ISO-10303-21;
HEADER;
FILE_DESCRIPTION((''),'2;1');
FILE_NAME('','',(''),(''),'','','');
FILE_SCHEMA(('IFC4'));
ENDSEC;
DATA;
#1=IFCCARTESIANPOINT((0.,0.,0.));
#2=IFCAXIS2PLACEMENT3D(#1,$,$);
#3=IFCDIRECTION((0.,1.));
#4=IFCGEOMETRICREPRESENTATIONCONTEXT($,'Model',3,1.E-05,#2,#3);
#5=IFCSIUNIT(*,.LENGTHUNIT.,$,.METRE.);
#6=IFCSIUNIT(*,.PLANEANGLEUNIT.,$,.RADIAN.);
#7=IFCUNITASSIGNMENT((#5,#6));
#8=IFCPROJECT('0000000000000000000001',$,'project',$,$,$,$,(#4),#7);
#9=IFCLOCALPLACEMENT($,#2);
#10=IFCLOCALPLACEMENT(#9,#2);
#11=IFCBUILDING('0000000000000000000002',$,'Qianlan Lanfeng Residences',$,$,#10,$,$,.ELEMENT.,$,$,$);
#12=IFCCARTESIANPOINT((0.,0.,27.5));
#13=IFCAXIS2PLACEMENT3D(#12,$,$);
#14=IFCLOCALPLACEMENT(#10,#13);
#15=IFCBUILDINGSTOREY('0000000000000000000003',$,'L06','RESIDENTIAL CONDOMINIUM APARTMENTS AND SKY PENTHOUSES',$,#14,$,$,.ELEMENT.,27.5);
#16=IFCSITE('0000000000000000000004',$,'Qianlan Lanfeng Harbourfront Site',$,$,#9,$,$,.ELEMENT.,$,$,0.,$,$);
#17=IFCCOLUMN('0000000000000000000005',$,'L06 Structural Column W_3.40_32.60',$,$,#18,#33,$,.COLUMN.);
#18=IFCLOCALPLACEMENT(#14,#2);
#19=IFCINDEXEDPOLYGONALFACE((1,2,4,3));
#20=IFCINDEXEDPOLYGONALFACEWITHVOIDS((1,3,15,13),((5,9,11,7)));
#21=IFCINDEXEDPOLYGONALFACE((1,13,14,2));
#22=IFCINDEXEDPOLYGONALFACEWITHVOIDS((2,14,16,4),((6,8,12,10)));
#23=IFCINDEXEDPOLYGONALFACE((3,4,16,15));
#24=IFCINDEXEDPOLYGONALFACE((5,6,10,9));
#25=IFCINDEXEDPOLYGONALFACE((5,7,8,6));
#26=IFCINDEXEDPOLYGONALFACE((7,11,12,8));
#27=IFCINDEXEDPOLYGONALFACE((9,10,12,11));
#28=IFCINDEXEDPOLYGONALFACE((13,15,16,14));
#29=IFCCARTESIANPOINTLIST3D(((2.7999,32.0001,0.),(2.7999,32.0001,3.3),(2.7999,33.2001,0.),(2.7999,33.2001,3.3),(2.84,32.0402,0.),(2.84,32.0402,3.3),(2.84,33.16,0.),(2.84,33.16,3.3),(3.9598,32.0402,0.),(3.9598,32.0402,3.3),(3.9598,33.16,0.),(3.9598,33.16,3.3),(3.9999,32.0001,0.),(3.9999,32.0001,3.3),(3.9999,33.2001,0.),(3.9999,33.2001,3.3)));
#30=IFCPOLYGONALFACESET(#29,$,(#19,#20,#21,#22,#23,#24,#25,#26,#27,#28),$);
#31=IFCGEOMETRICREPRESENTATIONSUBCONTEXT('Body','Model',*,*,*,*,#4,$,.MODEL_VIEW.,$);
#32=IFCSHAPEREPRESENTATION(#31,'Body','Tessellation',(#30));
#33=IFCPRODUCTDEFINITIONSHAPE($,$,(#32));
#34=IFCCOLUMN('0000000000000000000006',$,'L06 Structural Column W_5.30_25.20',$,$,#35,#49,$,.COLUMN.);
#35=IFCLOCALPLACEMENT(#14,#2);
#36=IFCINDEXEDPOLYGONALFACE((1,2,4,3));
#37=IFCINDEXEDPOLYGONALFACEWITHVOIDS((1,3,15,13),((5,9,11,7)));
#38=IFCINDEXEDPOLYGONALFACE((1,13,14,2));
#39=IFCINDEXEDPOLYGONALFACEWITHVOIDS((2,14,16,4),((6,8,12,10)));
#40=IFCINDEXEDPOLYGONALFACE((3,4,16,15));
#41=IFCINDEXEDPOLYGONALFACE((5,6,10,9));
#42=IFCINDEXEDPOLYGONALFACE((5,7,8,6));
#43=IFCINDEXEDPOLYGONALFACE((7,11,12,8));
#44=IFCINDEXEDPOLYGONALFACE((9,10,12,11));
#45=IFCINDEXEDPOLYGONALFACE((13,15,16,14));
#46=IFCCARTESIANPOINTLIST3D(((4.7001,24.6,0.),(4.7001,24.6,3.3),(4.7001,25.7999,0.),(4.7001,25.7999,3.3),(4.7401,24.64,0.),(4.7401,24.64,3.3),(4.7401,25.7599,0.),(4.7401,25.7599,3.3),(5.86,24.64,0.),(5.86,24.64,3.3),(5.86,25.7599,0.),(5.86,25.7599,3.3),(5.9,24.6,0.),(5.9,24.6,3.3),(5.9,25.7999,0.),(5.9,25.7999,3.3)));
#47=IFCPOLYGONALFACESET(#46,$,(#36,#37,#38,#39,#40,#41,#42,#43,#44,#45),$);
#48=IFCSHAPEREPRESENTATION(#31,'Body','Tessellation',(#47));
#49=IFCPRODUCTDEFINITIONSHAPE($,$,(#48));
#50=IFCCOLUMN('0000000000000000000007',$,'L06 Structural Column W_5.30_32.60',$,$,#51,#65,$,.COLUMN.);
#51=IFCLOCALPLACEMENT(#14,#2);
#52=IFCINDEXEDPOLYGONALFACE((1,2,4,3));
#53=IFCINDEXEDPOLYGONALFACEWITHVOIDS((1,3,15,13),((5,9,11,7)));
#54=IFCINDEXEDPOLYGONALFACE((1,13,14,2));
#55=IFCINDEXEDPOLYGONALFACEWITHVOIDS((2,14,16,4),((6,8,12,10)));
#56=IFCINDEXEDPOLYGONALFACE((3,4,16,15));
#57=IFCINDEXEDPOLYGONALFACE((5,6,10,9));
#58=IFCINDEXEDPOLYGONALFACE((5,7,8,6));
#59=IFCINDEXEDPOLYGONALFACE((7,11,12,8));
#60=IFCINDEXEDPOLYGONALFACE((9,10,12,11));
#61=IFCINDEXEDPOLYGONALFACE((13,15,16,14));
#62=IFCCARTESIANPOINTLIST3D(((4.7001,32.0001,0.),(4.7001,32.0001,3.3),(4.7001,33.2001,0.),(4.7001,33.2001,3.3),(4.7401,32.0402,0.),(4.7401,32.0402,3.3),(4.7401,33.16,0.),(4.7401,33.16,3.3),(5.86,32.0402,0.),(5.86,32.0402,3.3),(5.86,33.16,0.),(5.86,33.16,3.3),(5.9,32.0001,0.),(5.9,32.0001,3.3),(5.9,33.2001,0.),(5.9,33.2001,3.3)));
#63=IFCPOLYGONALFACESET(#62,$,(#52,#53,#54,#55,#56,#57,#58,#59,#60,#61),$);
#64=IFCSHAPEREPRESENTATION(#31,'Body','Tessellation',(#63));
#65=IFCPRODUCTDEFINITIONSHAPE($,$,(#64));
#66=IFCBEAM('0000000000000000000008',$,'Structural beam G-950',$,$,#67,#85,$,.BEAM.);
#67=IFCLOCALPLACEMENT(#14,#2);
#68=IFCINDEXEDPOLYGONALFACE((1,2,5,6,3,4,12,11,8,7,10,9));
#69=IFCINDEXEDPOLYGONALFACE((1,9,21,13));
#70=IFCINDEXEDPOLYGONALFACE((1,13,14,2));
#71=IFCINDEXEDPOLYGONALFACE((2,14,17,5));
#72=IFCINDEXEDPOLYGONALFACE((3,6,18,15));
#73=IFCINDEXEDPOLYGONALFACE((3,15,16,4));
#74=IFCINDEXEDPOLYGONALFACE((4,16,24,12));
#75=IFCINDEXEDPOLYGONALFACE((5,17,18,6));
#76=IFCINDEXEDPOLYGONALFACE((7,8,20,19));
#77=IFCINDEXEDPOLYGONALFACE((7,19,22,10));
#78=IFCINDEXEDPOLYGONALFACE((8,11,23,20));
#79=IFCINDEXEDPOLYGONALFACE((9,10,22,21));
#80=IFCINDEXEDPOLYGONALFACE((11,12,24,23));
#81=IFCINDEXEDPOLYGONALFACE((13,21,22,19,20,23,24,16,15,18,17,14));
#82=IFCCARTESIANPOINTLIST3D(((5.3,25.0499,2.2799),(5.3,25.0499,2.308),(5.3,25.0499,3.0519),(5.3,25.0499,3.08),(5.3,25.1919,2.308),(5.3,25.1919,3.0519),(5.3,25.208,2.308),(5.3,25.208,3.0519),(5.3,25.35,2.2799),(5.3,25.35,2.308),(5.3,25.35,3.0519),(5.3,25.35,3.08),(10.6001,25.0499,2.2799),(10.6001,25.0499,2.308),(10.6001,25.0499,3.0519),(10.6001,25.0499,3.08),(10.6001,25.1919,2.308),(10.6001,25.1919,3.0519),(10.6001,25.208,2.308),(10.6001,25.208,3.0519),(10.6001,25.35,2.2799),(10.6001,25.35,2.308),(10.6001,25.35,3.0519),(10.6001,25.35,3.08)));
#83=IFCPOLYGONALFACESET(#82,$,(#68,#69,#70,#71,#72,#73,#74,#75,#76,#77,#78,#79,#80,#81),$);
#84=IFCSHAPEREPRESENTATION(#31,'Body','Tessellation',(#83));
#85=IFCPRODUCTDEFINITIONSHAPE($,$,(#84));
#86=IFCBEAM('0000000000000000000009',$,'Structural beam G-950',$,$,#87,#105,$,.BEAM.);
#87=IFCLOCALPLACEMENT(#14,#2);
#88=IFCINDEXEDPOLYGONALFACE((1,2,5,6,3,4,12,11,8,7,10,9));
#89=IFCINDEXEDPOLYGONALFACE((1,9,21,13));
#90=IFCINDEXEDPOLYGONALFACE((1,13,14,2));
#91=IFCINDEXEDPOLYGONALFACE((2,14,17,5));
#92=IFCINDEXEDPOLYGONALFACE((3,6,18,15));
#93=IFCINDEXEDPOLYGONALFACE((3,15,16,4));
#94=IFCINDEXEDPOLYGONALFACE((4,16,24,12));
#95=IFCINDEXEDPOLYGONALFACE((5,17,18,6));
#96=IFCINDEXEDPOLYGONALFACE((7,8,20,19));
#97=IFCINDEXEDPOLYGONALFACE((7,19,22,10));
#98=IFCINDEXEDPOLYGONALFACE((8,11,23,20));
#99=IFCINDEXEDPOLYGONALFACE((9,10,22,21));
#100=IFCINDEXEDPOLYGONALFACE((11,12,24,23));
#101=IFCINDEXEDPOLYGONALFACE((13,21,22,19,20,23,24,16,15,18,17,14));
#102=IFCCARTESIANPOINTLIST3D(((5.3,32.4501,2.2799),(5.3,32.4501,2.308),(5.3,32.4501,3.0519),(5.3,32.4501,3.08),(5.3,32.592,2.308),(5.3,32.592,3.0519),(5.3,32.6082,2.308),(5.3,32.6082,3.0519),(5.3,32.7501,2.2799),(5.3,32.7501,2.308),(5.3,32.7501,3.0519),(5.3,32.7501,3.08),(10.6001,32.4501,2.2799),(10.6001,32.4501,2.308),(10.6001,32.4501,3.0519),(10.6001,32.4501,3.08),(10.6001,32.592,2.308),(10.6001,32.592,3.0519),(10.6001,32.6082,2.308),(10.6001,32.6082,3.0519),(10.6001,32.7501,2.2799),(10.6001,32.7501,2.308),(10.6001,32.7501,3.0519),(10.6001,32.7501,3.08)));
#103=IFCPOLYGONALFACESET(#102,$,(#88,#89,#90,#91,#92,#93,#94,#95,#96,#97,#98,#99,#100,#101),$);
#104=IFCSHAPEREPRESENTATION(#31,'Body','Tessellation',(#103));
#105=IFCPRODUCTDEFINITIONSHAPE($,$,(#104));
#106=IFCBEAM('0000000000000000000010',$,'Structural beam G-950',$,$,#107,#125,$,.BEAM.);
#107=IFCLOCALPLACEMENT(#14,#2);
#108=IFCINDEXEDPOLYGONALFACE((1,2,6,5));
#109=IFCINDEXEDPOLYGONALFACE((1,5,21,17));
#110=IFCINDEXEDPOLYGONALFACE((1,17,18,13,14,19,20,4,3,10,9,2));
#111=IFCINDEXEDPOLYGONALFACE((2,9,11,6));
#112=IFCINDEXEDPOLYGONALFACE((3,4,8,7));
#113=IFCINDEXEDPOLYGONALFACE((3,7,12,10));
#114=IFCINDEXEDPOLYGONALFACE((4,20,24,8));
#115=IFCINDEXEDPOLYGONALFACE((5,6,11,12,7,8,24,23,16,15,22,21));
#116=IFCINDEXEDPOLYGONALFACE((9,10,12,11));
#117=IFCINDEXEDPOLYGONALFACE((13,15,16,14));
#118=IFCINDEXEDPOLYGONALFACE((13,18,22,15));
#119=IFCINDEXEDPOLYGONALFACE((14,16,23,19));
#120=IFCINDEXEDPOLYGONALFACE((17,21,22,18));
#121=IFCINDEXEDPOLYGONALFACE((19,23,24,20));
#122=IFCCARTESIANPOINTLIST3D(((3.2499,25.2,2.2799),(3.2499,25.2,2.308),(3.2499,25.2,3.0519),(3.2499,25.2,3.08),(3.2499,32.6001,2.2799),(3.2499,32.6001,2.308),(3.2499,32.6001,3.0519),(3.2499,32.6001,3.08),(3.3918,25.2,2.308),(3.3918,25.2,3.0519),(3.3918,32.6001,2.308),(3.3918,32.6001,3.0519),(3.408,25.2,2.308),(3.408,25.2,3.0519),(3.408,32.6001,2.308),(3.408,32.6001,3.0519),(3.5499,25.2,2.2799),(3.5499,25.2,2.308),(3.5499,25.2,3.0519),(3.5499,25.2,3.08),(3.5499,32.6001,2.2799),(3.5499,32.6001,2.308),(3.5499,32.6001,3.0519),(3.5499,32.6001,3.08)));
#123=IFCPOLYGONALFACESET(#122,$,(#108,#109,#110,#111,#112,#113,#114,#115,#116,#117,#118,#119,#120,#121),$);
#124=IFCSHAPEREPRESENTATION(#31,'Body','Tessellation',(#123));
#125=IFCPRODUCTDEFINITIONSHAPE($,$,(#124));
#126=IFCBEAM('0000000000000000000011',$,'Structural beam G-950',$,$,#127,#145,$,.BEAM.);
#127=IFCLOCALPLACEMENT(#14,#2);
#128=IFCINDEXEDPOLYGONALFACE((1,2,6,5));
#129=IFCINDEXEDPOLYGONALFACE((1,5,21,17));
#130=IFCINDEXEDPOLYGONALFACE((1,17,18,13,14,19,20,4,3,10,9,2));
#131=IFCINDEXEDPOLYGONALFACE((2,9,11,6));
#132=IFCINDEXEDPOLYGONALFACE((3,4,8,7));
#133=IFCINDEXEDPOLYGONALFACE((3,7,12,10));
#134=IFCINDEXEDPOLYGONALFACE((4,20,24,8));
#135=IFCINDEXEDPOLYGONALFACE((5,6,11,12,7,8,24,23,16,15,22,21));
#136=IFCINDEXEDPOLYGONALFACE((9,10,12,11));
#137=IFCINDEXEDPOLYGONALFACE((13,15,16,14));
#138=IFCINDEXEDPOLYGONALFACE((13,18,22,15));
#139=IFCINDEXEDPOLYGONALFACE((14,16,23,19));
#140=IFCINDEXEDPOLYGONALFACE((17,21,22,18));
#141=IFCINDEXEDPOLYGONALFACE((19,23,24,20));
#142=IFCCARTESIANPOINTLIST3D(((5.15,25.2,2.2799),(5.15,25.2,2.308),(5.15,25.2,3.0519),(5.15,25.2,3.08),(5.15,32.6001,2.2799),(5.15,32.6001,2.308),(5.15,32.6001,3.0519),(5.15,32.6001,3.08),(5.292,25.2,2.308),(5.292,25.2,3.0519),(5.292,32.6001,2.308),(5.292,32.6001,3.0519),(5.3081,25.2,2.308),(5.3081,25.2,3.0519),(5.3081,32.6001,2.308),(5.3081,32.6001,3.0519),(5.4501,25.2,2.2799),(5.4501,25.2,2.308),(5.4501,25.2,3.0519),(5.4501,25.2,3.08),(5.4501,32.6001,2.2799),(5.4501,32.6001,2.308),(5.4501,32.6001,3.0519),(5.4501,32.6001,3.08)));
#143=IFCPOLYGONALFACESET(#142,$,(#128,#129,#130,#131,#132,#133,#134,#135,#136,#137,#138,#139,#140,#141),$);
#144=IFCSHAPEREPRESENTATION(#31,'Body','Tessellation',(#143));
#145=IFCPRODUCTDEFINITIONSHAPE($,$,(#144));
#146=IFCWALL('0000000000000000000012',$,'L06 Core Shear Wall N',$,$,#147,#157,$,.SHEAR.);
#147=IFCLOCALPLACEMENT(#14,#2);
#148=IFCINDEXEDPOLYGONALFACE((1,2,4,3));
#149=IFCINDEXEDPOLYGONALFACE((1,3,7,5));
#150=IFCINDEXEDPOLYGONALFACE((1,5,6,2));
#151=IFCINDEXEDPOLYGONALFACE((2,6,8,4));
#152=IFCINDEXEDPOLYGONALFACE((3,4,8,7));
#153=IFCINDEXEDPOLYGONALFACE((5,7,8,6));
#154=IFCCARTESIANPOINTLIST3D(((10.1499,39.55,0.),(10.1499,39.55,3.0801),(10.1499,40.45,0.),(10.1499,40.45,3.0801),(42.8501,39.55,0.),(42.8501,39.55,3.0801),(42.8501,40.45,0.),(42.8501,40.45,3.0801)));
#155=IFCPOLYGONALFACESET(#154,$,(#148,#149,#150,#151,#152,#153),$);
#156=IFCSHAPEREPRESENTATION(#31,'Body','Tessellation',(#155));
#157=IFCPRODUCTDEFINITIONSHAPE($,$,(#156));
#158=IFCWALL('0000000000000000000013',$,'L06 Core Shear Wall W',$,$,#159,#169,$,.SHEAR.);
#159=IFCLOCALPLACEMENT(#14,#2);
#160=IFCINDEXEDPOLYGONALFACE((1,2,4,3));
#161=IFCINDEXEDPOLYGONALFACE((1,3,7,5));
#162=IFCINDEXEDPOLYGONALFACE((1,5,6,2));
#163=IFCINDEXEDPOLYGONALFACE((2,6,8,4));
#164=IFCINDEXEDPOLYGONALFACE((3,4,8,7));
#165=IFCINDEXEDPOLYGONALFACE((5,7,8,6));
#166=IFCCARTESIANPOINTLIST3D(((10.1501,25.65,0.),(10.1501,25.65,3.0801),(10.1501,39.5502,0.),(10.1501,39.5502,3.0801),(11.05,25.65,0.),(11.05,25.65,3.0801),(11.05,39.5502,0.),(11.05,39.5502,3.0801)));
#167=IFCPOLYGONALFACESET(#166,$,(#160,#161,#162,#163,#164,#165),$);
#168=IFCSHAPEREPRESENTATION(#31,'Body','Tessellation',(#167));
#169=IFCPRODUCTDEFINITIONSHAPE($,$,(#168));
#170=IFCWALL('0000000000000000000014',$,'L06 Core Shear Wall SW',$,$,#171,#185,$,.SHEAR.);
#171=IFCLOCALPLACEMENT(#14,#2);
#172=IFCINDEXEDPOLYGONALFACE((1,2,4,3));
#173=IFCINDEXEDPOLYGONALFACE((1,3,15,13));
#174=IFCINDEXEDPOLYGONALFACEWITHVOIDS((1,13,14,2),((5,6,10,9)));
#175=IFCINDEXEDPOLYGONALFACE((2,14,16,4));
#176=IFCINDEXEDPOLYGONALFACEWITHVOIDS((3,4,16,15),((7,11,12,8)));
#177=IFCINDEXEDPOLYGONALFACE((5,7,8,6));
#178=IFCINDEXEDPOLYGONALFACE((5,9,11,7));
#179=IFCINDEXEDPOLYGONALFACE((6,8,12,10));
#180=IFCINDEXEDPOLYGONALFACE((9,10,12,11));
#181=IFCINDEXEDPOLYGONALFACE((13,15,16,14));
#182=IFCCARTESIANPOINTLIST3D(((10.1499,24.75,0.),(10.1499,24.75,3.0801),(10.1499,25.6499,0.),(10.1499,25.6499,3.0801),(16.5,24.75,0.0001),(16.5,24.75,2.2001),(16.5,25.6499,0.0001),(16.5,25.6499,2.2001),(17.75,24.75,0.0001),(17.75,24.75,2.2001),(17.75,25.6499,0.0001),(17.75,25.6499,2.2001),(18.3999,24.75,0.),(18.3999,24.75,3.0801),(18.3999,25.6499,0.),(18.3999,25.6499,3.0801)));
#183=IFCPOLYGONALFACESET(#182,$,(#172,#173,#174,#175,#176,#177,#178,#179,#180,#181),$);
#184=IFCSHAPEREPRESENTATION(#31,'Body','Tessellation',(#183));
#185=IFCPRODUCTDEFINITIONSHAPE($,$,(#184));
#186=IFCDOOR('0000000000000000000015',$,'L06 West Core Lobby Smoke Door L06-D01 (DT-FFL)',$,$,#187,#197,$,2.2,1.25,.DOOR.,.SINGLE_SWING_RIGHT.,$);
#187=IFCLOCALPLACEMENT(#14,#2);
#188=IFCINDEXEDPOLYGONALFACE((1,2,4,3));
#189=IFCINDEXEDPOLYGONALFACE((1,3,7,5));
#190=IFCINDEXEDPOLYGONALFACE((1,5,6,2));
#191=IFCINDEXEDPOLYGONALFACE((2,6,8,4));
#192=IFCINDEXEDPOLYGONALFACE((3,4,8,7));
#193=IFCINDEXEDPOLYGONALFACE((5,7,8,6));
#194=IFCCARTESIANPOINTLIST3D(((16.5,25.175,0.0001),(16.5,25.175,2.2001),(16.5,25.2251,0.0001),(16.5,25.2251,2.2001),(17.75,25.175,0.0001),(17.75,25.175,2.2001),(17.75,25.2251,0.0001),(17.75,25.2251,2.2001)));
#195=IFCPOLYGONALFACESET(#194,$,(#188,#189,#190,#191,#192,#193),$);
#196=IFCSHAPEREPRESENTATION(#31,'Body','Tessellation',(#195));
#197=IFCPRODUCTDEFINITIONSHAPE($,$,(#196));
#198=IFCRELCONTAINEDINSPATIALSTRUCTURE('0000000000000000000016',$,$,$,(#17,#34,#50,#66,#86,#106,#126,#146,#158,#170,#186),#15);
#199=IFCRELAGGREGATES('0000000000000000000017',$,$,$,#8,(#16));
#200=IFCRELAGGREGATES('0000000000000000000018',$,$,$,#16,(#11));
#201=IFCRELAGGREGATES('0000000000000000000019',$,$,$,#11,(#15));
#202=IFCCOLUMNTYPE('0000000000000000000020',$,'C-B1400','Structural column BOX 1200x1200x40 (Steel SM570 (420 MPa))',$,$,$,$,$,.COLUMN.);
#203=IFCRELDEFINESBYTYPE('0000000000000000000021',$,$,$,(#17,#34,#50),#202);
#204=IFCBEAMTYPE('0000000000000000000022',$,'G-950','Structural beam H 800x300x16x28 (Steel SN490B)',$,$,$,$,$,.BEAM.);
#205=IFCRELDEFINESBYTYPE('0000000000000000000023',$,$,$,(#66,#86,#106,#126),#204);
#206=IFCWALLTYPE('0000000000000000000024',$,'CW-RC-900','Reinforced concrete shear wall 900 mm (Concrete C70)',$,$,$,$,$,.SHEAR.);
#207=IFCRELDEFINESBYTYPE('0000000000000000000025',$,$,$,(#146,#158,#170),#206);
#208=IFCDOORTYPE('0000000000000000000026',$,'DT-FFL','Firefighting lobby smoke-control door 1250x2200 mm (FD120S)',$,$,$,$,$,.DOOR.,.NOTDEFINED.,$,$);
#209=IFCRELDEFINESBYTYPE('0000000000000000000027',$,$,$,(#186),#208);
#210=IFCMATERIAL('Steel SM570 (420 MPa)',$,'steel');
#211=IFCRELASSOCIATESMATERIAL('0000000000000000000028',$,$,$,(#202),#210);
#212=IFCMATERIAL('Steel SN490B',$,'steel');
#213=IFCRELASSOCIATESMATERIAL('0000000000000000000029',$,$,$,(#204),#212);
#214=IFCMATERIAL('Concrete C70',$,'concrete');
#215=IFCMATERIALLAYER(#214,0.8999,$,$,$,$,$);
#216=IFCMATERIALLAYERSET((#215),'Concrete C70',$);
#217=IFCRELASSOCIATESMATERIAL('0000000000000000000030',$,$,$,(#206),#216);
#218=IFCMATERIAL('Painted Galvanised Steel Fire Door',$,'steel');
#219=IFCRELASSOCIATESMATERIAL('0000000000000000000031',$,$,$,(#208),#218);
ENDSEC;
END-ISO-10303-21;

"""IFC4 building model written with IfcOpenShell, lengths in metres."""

from ifc_helpers import new_model, si_unit, direction, frame, frame_2d, origin, origin_2d, place, context, subcontext, project, spatial, rectangle, hollow_rectangle, i_section, extrude, material, layer, layer_set, material_profile, profile_set, type_object, element, fill, save


model = new_model("IFC4")

# Units and contexts
model_context = context("Model", 3, precision=1e-05, world=origin(), true_north=direction((0.0, 1.0)))
body_context = subcontext(model_context, "Body", "Model", "MODEL_VIEW")
ifc_project = project(units=[si_unit("LENGTHUNIT", "METRE"), si_unit("PLANEANGLEUNIT", "RADIAN")], contexts=[model_context])

# Site, building, storey
site_placement = place(None, origin())
site = spatial("IfcSite", under=ifc_project, at=site_placement, Name="Qianlan Lanfeng Harbourfront Site", CompositionType="ELEMENT", RefElevation=0.0)
building_placement = place(site_placement, origin())
building = spatial("IfcBuilding", under=site, at=building_placement, Name="Qianlan Lanfeng Residences", CompositionType="ELEMENT")
storey_placement = place(building_placement, frame((0.0, 0.0, 27.5)))
storey = spatial("IfcBuildingStorey", under=building, at=storey_placement, Name="L06", Description="RESIDENTIAL CONDOMINIUM APARTMENTS AND SKY PENTHOUSES", CompositionType="ELEMENT", Elevation=27.5)

# Columns
ifc_material_1 = material(Name="Steel SM570 (420 MPa)", Category="steel")
ifc_material_profile_1 = material_profile(ifc_material_1, hollow_rectangle(XDim=1.2, YDim=1.2, WallThickness=0.04, at=origin_2d()), Name="BOX 1200x1200x40")
ifc_profile_set_1 = profile_set([ifc_material_profile_1], Name="Steel SM570 (420 MPa)")
column_type = type_object("IfcColumnType", Name="C-B1400", Description="Structural column BOX 1200x1200x40 (Steel SM570 (420 MPa))", PredefinedType="COLUMN", material=ifc_profile_set_1)
for number, where, z_axis, x_axis, name in (
    (1, (3.3999, 32.6001, 0.0), (0.0, 0.0, 1.0), (1.0, 0.0, 0.0), "L06 Structural Column W_3.40_32.60"),
    (2, (5.3, 25.2, 0.0), (0.0, 0.0, 1.0), (1.0, 0.0, 0.0), "L06 Structural Column W_5.30_25.20"),
    (3, (5.3, 32.6001, 0.0), (0.0, 0.0, 1.0), (1.0, 0.0, 0.0), "L06 Structural Column W_5.30_32.60"),
):
    element("IfcColumn", number, at=place(storey_placement, frame(where, z_axis=z_axis, x_axis=x_axis)), inside=storey, type_object=column_type, Name=name, PredefinedType="COLUMN", context=body_context, shape_type="SweptSolid", body=[
        extrude(hollow_rectangle(XDim=1.2, YDim=1.2, WallThickness=0.04, at=origin_2d()), origin(), (0.0, 0.0, 1.0), 3.3),
    ])

# Beams
ifc_material_2 = material(Name="Steel SN490B", Category="steel")
ifc_material_profile_2 = material_profile(ifc_material_2, i_section(OverallWidth=0.3, OverallDepth=0.8, WebThickness=0.0161, FlangeThickness=0.0281, at=origin_2d()), Name="H 800x300x16x28")
ifc_profile_set_2 = profile_set([ifc_material_profile_2], Name="Steel SN490B")
beam_type = type_object("IfcBeamType", Name="G-950", Description="Structural beam H 800x300x16x28 (Steel SN490B)", PredefinedType="BEAM", material=ifc_profile_set_2)
for number, where, z_axis, x_axis, name in (
    (4, (5.3, 25.2, 2.6799), (1.0, 0.0, 0.0), (0.0, 1.0, 0.0), "Structural beam G-950"),
    (5, (5.3, 32.6001, 2.6799), (1.0, 0.0, 0.0), (0.0, 1.0, 0.0), "Structural beam G-950"),
):
    element("IfcBeam", number, at=place(storey_placement, frame(where, z_axis=z_axis, x_axis=x_axis)), inside=storey, type_object=beam_type, Name=name, PredefinedType="BEAM", context=body_context, shape_type="SweptSolid", body=[
        extrude(i_section(OverallWidth=0.3, OverallDepth=0.8, WebThickness=0.0161, FlangeThickness=0.0281, at=origin_2d()), origin(), (0.0, 0.0, 1.0), 5.3),
    ])
for number, where, z_axis, x_axis, name in (
    (6, (3.3999, 25.2, 2.6799), (0.0, 1.0, 0.0), (-1.0, 0.0, 0.0), "Structural beam G-950"),
    (7, (5.3, 25.2, 2.6799), (0.0, 1.0, 0.0), (-1.0, 0.0, 0.0), "Structural beam G-950"),
):
    element("IfcBeam", number, at=place(storey_placement, frame(where, z_axis=z_axis, x_axis=x_axis)), inside=storey, type_object=beam_type, Name=name, PredefinedType="BEAM", context=body_context, shape_type="SweptSolid", body=[
        extrude(i_section(OverallWidth=0.3, OverallDepth=0.8, WebThickness=0.0161, FlangeThickness=0.0281, at=origin_2d()), origin(), (0.0, 0.0, 1.0), 7.4001),
    ])

# Walls
ifc_material_3 = material(Name="Concrete C70", Category="concrete")
ifc_layer_1 = layer(ifc_material_3, 0.8999)
ifc_layer_set_1 = layer_set([ifc_layer_1], Name="Concrete C70")
wall_type_1 = type_object("IfcWallType", Name="CW-RC-900", Description="Reinforced concrete shear wall 900 mm (Concrete C70)", PredefinedType="SHEAR", material=ifc_layer_set_1)
wall_1_placement = place(storey_placement, frame((10.1499, 40.0, 0.0), z_axis=(0.0, 0.0, 1.0), x_axis=(1.0, 0.0, 0.0)))
element("IfcWall", 8, at=wall_1_placement, inside=storey, type_object=wall_type_1, Name="L06 Core Shear Wall N", PredefinedType="SHEAR", context=body_context, shape_type="SweptSolid", body=[
    extrude(rectangle(XDim=32.7002, YDim=0.8999, at=frame_2d((16.3501, 0.0))), origin(), (0.0, 0.0, 1.0), 3.0801),
])
wall_2_placement = place(storey_placement, frame((10.6001, 25.6499, 0.0), z_axis=(0.0, 0.0, 1.0), x_axis=(0.0, 1.0, 0.0)))
element("IfcWall", 9, at=wall_2_placement, inside=storey, type_object=wall_type_1, Name="L06 Core Shear Wall W", PredefinedType="SHEAR", context=body_context, shape_type="SweptSolid", body=[
    extrude(rectangle(XDim=13.9001, YDim=0.8999, at=frame_2d((6.9502, 0.0))), origin(), (0.0, 0.0, 1.0), 3.0801),
])

# Wall, opening, door
wall_3_placement = place(storey_placement, frame((10.1499, 25.2, 0.0), z_axis=(0.0, 0.0, 1.0), x_axis=(1.0, 0.0, 0.0)))
wall_3 = element("IfcWall", 10, at=wall_3_placement, inside=storey, type_object=wall_type_1, Name="L06 Core Shear Wall SW", PredefinedType="SHEAR", context=body_context, shape_type="SweptSolid", body=[
    extrude(rectangle(XDim=8.25, YDim=0.8999, at=frame_2d((4.125, 0.0))), origin(), (0.0, 0.0, 1.0), 3.0801),
])
opening_1_placement = place(wall_3_placement, frame((6.3501, 0.0, 0.0)))
opening_1 = element("IfcOpeningElement", 11, at=opening_1_placement, cuts=wall_3, PredefinedType="OPENING", context=body_context, shape_type="SweptSolid", body=[
    extrude(rectangle(XDim=1.25, YDim=2.2, at=frame_2d((0.625, 1.1001))), frame((0.0, 0.46, 0.0), z_axis=(0.0, -1.0, 0.0), x_axis=(1.0, 0.0, 0.0)), (0.0, 0.0, 1.0), 0.9199),
])
ifc_material_4 = material(Name="Painted Galvanised Steel Fire Door", Category="steel")
door_type_1 = type_object("IfcDoorType", Name="DT-FFL", Description="Firefighting lobby smoke-control door 1250x2200 mm (FD120S)", OperationType="NOTDEFINED", PredefinedType="DOOR", material=ifc_material_4)
door_1_placement = place(opening_1_placement, frame((1.25, 0.0, 0.0), z_axis=(0.0, 0.0, 1.0), x_axis=(-1.0, 0.0, 0.0)))
door_1 = element("IfcDoor", 12, at=door_1_placement, inside=storey, type_object=door_type_1, Name="L06 West Core Lobby Smoke Door L06-D01 (DT-FFL)", OperationType="SINGLE_SWING_RIGHT", OverallHeight=2.2, OverallWidth=1.25, PredefinedType="DOOR", context=body_context, shape_type="SweptSolid", body=[
    extrude(rectangle(XDim=1.25, YDim=2.2, at=frame_2d((0.625, 1.1001))), frame((0.0, 0.0249, 0.0), z_axis=(0.0, -1.0, 0.0), x_axis=(1.0, 0.0, 0.0)), (0.0, 0.0, 1.0), 0.05),
])
fill(opening_1, door_1)

save(model, "model.ifc")
